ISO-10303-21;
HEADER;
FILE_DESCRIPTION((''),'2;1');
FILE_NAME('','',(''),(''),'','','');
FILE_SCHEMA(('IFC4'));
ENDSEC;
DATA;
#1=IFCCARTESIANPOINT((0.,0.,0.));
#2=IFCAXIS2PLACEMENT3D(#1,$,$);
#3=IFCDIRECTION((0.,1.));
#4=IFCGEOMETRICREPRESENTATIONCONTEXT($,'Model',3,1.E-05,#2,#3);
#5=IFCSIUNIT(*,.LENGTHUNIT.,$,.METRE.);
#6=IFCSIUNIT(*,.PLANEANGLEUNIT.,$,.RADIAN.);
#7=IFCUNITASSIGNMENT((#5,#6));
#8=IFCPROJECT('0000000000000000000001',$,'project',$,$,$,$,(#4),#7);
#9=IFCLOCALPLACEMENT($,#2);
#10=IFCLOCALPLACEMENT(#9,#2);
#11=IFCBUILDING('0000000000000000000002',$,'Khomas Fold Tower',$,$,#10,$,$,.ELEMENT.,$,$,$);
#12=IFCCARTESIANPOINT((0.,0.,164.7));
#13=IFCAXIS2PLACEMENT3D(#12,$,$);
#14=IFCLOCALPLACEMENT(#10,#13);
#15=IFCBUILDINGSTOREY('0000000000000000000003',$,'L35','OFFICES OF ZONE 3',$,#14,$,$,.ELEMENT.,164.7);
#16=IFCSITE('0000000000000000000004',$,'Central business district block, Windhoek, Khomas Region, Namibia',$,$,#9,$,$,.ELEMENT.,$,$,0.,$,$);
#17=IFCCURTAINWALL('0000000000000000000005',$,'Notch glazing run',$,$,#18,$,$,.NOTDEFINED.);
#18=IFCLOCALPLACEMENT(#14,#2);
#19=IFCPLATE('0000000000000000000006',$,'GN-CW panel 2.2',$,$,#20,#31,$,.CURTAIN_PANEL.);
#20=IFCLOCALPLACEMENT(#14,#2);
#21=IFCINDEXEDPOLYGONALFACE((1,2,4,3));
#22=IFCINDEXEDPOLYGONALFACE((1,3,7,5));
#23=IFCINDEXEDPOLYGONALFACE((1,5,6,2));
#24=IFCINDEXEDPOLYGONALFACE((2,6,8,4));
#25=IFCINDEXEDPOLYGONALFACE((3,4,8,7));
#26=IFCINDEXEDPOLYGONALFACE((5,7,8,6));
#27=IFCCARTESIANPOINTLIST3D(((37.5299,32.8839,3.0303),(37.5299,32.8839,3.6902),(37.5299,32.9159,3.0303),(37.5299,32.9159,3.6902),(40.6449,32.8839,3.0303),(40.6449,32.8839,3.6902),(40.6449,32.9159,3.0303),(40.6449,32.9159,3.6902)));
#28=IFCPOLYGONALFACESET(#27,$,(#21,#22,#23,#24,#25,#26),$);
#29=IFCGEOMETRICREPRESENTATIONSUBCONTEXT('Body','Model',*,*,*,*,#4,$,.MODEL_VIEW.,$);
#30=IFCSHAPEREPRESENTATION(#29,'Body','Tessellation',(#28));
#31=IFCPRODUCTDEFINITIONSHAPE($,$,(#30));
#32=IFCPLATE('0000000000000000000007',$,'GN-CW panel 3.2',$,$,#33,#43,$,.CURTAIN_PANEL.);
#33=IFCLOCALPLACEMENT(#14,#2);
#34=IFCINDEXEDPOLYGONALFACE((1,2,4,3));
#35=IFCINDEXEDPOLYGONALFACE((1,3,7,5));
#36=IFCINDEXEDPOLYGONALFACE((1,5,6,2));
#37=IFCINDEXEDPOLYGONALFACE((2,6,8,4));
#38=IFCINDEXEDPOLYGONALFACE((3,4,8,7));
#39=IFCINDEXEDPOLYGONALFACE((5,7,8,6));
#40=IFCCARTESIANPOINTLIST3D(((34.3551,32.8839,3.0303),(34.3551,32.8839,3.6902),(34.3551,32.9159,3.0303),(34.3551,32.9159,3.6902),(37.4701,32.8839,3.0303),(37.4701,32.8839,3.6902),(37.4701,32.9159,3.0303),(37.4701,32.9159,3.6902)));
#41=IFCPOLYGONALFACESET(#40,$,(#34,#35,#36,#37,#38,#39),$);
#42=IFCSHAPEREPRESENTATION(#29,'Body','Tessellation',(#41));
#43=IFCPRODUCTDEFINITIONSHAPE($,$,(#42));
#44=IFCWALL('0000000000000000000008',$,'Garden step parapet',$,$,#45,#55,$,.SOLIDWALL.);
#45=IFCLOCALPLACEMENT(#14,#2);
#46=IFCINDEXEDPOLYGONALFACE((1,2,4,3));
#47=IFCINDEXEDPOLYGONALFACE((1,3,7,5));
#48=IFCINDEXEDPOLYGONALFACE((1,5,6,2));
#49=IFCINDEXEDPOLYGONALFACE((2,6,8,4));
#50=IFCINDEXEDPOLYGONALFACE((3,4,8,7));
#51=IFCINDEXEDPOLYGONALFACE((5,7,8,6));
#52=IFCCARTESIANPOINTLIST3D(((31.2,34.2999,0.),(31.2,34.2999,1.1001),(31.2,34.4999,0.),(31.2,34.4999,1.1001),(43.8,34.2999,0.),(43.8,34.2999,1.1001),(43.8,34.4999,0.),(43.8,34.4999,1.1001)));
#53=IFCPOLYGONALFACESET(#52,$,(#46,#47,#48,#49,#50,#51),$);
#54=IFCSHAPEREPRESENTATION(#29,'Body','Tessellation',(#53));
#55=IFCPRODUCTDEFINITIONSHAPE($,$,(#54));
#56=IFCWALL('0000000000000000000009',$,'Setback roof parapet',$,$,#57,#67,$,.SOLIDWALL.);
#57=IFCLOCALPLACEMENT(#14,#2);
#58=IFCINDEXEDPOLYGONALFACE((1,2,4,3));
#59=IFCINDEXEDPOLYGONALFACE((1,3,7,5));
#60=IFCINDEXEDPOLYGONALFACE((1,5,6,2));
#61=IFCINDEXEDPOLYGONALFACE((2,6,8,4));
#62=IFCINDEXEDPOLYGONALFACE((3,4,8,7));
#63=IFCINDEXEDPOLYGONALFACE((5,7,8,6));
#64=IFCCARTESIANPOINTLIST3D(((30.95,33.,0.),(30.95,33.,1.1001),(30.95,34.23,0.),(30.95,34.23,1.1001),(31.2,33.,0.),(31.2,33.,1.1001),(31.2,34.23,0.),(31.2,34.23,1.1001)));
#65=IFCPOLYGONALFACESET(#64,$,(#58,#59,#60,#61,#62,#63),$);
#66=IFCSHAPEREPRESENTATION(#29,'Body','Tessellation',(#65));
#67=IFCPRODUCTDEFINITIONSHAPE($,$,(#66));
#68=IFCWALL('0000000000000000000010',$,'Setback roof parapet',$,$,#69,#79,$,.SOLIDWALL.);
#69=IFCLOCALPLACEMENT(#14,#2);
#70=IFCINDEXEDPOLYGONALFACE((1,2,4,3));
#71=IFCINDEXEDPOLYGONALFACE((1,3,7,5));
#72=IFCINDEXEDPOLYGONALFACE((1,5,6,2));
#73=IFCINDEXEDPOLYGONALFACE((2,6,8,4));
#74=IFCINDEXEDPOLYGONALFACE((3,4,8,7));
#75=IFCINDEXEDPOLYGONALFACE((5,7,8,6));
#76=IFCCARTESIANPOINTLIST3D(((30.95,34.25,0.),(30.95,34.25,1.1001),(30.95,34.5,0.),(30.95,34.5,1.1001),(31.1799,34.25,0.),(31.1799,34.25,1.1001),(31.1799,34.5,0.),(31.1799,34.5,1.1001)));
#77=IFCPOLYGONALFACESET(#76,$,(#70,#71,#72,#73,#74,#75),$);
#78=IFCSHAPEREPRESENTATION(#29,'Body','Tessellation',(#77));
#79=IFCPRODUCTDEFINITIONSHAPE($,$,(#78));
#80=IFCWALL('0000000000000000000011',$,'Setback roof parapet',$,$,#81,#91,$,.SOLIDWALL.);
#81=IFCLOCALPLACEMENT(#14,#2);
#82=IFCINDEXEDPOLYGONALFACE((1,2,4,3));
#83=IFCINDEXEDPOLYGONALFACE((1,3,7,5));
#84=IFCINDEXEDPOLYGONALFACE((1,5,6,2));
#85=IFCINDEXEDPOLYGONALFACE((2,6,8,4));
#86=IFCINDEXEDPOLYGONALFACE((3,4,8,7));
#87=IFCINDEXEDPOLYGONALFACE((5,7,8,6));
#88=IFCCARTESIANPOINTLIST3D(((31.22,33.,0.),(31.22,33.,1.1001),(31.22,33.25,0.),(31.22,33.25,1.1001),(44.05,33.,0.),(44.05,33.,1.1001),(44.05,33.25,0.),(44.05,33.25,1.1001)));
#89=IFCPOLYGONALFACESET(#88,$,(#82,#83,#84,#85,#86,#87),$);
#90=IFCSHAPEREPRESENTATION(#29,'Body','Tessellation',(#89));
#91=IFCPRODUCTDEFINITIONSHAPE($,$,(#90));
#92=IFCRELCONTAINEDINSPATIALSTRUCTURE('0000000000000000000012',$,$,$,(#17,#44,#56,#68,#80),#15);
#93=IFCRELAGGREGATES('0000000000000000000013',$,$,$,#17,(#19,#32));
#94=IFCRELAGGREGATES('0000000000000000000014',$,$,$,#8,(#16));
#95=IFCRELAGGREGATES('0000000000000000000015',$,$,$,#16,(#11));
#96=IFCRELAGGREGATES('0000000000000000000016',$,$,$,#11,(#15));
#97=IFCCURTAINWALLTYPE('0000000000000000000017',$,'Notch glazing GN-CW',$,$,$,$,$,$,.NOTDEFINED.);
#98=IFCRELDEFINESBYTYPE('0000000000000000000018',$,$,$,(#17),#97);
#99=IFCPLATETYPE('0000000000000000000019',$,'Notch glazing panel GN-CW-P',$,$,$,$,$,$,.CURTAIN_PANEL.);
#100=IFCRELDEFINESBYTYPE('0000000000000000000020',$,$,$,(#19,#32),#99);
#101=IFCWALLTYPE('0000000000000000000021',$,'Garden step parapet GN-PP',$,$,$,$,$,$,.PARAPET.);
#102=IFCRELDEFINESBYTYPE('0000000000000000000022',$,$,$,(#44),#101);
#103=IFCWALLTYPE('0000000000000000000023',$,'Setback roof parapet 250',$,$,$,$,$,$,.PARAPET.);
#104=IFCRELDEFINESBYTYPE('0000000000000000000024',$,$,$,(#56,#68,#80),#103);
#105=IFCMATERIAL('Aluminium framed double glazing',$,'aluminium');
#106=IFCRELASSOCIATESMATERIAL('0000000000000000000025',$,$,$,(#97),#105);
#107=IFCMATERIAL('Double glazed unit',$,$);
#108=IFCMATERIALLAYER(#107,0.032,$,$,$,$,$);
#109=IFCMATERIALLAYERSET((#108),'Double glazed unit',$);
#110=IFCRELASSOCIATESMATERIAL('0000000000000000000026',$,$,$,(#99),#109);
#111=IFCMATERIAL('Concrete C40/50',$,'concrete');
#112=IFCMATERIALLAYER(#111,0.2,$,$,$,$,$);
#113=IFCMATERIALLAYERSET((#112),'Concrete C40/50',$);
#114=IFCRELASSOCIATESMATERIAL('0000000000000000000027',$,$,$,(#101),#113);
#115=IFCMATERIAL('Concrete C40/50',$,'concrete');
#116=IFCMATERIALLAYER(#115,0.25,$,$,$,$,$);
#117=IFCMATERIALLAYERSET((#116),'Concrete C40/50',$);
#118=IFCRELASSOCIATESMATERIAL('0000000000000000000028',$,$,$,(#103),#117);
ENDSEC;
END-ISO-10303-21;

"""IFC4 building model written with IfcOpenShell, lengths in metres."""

from ifc_helpers import new_model, si_unit, direction, frame, frame_2d, origin, origin_2d, place, context, subcontext, project, spatial, rectangle, extrude, source, transform, mapped, material, layer, layer_set, type_object, element, aggregate, save


model = new_model("IFC4")

# Units and contexts
model_context = context("Model", 3, precision=1e-05, world=origin(), true_north=direction((0.0, 1.0)))
body_context = subcontext(model_context, "Body", "Model", "MODEL_VIEW")
ifc_project = project(units=[si_unit("LENGTHUNIT", "METRE"), si_unit("PLANEANGLEUNIT", "RADIAN")], contexts=[model_context])

# Site, building, storey
site_placement = place(None, origin())
site = spatial("IfcSite", under=ifc_project, at=site_placement, Name="Central business district block, Windhoek, Khomas Region, Namibia", CompositionType="ELEMENT", RefElevation=0.0)
building_placement = place(site_placement, origin())
building = spatial("IfcBuilding", under=site, at=building_placement, Name="Khomas Fold Tower", CompositionType="ELEMENT")
storey_placement = place(building_placement, frame((0.0, 0.0, 164.7)))
storey = spatial("IfcBuildingStorey", under=building, at=storey_placement, Name="L35", Description="OFFICES OF ZONE 3", CompositionType="ELEMENT", Elevation=164.7)

# Curtain wall
ifc_material_1 = material(Name="Aluminium framed double glazing", Category="aluminium")
curtain_wall_type = type_object("IfcCurtainWallType", Name="Notch glazing GN-CW", PredefinedType="NOTDEFINED", material=ifc_material_1)
curtain_wall_1_placement = place(storey_placement, origin())
curtain_wall_1 = element("IfcCurtainWall", 1, at=curtain_wall_1_placement, inside=storey, type_object=curtain_wall_type, Name="Notch glazing run", PredefinedType="NOTDEFINED")

# Plates
ifc_material_2 = material(Name="Double glazed unit")
ifc_layer_1 = layer(ifc_material_2, 0.032)
ifc_layer_set_1 = layer_set([ifc_layer_1], Name="Double glazed unit")
plate_type = type_object("IfcPlateType", Name="Notch glazing panel GN-CW-P", PredefinedType="CURTAIN_PANEL", material=ifc_layer_set_1)
shared_shape_1 = source(origin(), body_context, "Body", "SweptSolid", [
    extrude(rectangle(XDim=3.115, YDim=0.032, at=origin_2d()), origin(), (0.0, 0.0, 1.0), 0.6599),
])
plate_1_placement = place(storey_placement, frame((39.0874, 32.8999, 3.0303), z_axis=(0.0, 0.0, 1.0), x_axis=(-1.0, 0.0, 0.0)))
plate_1 = element("IfcPlate", 2, at=plate_1_placement, type_object=plate_type, Name="GN-CW panel 2.2", PredefinedType="CURTAIN_PANEL", context=body_context, shape_type="MappedRepresentation", body=[
    mapped(shared_shape_1, transform((0.0, 0.0, 0.0))),
])
plate_2_placement = place(storey_placement, frame((35.9126, 32.8999, 3.0303), z_axis=(0.0, 0.0, 1.0), x_axis=(-1.0, 0.0, 0.0)))
plate_2 = element("IfcPlate", 3, at=plate_2_placement, type_object=plate_type, Name="GN-CW panel 3.2", PredefinedType="CURTAIN_PANEL", context=body_context, shape_type="MappedRepresentation", body=[
    mapped(shared_shape_1, transform((0.0, 0.0, 0.0))),
])
aggregate(curtain_wall_1, [plate_1, plate_2])

# Walls
ifc_material_3 = material(Name="Concrete C40/50", Category="concrete")
ifc_layer_2 = layer(ifc_material_3, 0.2)
ifc_layer_set_2 = layer_set([ifc_layer_2], Name="Concrete C40/50")
wall_type_1 = type_object("IfcWallType", Name="Garden step parapet GN-PP", PredefinedType="PARAPET", material=ifc_layer_set_2)
shared_shape_2 = source(origin(), body_context, "Body", "SweptSolid", [
    extrude(rectangle(XDim=12.6001, YDim=0.2, at=frame_2d((6.3, 0.0))), origin(), (0.0, 0.0, 1.0), 1.1001),
])
wall_1_placement = place(storey_placement, frame((31.2, 34.3999, 0.0), z_axis=(0.0, 0.0, 1.0), x_axis=(1.0, 0.0, 0.0)))
element("IfcWall", 4, at=wall_1_placement, inside=storey, type_object=wall_type_1, Name="Garden step parapet", PredefinedType="SOLIDWALL", context=body_context, shape_type="MappedRepresentation", body=[
    mapped(shared_shape_2, transform((0.0, 0.0, 0.0))),
])
ifc_material_4 = material(Name="Concrete C40/50", Category="concrete")
ifc_layer_3 = layer(ifc_material_4, 0.25)
ifc_layer_set_3 = layer_set([ifc_layer_3], Name="Concrete C40/50")
wall_type_2 = type_object("IfcWallType", Name="Setback roof parapet 250", PredefinedType="PARAPET", material=ifc_layer_set_3)
shared_shape_3 = source(origin(), body_context, "Body", "SweptSolid", [
    extrude(rectangle(XDim=1.23, YDim=0.25, at=frame_2d((0.615, 0.0))), origin(), (0.0, 0.0, 1.0), 1.1001),
])
wall_2_placement = place(storey_placement, frame((31.075, 34.23, 0.0), z_axis=(0.0, 0.0, 1.0), x_axis=(0.0, -1.0, 0.0)))
element("IfcWall", 5, at=wall_2_placement, inside=storey, type_object=wall_type_2, Name="Setback roof parapet", PredefinedType="SOLIDWALL", context=body_context, shape_type="MappedRepresentation", body=[
    mapped(shared_shape_3, transform((0.0, 0.0, 0.0))),
])
shared_shape_4 = source(origin(), body_context, "Body", "SweptSolid", [
    extrude(rectangle(XDim=0.23, YDim=0.25, at=frame_2d((0.115, 0.0))), origin(), (0.0, 0.0, 1.0), 1.1001),
])
wall_3_placement = place(storey_placement, frame((31.1799, 34.375, 0.0), z_axis=(0.0, 0.0, 1.0), x_axis=(-1.0, 0.0, 0.0)))
element("IfcWall", 6, at=wall_3_placement, inside=storey, type_object=wall_type_2, Name="Setback roof parapet", PredefinedType="SOLIDWALL", context=body_context, shape_type="MappedRepresentation", body=[
    mapped(shared_shape_4, transform((0.0, 0.0, 0.0))),
])
shared_shape_5 = source(origin(), body_context, "Body", "SweptSolid", [
    extrude(rectangle(XDim=12.8301, YDim=0.25, at=frame_2d((6.415, 0.0))), origin(), (0.0, 0.0, 1.0), 1.1001),
])
wall_4_placement = place(storey_placement, frame((31.22, 33.125, 0.0), z_axis=(0.0, 0.0, 1.0), x_axis=(1.0, 0.0, 0.0)))
element("IfcWall", 7, at=wall_4_placement, inside=storey, type_object=wall_type_2, Name="Setback roof parapet", PredefinedType="SOLIDWALL", context=body_context, shape_type="MappedRepresentation", body=[
    mapped(shared_shape_5, transform((0.0, 0.0, 0.0))),
])

save(model, "model.ifc")
